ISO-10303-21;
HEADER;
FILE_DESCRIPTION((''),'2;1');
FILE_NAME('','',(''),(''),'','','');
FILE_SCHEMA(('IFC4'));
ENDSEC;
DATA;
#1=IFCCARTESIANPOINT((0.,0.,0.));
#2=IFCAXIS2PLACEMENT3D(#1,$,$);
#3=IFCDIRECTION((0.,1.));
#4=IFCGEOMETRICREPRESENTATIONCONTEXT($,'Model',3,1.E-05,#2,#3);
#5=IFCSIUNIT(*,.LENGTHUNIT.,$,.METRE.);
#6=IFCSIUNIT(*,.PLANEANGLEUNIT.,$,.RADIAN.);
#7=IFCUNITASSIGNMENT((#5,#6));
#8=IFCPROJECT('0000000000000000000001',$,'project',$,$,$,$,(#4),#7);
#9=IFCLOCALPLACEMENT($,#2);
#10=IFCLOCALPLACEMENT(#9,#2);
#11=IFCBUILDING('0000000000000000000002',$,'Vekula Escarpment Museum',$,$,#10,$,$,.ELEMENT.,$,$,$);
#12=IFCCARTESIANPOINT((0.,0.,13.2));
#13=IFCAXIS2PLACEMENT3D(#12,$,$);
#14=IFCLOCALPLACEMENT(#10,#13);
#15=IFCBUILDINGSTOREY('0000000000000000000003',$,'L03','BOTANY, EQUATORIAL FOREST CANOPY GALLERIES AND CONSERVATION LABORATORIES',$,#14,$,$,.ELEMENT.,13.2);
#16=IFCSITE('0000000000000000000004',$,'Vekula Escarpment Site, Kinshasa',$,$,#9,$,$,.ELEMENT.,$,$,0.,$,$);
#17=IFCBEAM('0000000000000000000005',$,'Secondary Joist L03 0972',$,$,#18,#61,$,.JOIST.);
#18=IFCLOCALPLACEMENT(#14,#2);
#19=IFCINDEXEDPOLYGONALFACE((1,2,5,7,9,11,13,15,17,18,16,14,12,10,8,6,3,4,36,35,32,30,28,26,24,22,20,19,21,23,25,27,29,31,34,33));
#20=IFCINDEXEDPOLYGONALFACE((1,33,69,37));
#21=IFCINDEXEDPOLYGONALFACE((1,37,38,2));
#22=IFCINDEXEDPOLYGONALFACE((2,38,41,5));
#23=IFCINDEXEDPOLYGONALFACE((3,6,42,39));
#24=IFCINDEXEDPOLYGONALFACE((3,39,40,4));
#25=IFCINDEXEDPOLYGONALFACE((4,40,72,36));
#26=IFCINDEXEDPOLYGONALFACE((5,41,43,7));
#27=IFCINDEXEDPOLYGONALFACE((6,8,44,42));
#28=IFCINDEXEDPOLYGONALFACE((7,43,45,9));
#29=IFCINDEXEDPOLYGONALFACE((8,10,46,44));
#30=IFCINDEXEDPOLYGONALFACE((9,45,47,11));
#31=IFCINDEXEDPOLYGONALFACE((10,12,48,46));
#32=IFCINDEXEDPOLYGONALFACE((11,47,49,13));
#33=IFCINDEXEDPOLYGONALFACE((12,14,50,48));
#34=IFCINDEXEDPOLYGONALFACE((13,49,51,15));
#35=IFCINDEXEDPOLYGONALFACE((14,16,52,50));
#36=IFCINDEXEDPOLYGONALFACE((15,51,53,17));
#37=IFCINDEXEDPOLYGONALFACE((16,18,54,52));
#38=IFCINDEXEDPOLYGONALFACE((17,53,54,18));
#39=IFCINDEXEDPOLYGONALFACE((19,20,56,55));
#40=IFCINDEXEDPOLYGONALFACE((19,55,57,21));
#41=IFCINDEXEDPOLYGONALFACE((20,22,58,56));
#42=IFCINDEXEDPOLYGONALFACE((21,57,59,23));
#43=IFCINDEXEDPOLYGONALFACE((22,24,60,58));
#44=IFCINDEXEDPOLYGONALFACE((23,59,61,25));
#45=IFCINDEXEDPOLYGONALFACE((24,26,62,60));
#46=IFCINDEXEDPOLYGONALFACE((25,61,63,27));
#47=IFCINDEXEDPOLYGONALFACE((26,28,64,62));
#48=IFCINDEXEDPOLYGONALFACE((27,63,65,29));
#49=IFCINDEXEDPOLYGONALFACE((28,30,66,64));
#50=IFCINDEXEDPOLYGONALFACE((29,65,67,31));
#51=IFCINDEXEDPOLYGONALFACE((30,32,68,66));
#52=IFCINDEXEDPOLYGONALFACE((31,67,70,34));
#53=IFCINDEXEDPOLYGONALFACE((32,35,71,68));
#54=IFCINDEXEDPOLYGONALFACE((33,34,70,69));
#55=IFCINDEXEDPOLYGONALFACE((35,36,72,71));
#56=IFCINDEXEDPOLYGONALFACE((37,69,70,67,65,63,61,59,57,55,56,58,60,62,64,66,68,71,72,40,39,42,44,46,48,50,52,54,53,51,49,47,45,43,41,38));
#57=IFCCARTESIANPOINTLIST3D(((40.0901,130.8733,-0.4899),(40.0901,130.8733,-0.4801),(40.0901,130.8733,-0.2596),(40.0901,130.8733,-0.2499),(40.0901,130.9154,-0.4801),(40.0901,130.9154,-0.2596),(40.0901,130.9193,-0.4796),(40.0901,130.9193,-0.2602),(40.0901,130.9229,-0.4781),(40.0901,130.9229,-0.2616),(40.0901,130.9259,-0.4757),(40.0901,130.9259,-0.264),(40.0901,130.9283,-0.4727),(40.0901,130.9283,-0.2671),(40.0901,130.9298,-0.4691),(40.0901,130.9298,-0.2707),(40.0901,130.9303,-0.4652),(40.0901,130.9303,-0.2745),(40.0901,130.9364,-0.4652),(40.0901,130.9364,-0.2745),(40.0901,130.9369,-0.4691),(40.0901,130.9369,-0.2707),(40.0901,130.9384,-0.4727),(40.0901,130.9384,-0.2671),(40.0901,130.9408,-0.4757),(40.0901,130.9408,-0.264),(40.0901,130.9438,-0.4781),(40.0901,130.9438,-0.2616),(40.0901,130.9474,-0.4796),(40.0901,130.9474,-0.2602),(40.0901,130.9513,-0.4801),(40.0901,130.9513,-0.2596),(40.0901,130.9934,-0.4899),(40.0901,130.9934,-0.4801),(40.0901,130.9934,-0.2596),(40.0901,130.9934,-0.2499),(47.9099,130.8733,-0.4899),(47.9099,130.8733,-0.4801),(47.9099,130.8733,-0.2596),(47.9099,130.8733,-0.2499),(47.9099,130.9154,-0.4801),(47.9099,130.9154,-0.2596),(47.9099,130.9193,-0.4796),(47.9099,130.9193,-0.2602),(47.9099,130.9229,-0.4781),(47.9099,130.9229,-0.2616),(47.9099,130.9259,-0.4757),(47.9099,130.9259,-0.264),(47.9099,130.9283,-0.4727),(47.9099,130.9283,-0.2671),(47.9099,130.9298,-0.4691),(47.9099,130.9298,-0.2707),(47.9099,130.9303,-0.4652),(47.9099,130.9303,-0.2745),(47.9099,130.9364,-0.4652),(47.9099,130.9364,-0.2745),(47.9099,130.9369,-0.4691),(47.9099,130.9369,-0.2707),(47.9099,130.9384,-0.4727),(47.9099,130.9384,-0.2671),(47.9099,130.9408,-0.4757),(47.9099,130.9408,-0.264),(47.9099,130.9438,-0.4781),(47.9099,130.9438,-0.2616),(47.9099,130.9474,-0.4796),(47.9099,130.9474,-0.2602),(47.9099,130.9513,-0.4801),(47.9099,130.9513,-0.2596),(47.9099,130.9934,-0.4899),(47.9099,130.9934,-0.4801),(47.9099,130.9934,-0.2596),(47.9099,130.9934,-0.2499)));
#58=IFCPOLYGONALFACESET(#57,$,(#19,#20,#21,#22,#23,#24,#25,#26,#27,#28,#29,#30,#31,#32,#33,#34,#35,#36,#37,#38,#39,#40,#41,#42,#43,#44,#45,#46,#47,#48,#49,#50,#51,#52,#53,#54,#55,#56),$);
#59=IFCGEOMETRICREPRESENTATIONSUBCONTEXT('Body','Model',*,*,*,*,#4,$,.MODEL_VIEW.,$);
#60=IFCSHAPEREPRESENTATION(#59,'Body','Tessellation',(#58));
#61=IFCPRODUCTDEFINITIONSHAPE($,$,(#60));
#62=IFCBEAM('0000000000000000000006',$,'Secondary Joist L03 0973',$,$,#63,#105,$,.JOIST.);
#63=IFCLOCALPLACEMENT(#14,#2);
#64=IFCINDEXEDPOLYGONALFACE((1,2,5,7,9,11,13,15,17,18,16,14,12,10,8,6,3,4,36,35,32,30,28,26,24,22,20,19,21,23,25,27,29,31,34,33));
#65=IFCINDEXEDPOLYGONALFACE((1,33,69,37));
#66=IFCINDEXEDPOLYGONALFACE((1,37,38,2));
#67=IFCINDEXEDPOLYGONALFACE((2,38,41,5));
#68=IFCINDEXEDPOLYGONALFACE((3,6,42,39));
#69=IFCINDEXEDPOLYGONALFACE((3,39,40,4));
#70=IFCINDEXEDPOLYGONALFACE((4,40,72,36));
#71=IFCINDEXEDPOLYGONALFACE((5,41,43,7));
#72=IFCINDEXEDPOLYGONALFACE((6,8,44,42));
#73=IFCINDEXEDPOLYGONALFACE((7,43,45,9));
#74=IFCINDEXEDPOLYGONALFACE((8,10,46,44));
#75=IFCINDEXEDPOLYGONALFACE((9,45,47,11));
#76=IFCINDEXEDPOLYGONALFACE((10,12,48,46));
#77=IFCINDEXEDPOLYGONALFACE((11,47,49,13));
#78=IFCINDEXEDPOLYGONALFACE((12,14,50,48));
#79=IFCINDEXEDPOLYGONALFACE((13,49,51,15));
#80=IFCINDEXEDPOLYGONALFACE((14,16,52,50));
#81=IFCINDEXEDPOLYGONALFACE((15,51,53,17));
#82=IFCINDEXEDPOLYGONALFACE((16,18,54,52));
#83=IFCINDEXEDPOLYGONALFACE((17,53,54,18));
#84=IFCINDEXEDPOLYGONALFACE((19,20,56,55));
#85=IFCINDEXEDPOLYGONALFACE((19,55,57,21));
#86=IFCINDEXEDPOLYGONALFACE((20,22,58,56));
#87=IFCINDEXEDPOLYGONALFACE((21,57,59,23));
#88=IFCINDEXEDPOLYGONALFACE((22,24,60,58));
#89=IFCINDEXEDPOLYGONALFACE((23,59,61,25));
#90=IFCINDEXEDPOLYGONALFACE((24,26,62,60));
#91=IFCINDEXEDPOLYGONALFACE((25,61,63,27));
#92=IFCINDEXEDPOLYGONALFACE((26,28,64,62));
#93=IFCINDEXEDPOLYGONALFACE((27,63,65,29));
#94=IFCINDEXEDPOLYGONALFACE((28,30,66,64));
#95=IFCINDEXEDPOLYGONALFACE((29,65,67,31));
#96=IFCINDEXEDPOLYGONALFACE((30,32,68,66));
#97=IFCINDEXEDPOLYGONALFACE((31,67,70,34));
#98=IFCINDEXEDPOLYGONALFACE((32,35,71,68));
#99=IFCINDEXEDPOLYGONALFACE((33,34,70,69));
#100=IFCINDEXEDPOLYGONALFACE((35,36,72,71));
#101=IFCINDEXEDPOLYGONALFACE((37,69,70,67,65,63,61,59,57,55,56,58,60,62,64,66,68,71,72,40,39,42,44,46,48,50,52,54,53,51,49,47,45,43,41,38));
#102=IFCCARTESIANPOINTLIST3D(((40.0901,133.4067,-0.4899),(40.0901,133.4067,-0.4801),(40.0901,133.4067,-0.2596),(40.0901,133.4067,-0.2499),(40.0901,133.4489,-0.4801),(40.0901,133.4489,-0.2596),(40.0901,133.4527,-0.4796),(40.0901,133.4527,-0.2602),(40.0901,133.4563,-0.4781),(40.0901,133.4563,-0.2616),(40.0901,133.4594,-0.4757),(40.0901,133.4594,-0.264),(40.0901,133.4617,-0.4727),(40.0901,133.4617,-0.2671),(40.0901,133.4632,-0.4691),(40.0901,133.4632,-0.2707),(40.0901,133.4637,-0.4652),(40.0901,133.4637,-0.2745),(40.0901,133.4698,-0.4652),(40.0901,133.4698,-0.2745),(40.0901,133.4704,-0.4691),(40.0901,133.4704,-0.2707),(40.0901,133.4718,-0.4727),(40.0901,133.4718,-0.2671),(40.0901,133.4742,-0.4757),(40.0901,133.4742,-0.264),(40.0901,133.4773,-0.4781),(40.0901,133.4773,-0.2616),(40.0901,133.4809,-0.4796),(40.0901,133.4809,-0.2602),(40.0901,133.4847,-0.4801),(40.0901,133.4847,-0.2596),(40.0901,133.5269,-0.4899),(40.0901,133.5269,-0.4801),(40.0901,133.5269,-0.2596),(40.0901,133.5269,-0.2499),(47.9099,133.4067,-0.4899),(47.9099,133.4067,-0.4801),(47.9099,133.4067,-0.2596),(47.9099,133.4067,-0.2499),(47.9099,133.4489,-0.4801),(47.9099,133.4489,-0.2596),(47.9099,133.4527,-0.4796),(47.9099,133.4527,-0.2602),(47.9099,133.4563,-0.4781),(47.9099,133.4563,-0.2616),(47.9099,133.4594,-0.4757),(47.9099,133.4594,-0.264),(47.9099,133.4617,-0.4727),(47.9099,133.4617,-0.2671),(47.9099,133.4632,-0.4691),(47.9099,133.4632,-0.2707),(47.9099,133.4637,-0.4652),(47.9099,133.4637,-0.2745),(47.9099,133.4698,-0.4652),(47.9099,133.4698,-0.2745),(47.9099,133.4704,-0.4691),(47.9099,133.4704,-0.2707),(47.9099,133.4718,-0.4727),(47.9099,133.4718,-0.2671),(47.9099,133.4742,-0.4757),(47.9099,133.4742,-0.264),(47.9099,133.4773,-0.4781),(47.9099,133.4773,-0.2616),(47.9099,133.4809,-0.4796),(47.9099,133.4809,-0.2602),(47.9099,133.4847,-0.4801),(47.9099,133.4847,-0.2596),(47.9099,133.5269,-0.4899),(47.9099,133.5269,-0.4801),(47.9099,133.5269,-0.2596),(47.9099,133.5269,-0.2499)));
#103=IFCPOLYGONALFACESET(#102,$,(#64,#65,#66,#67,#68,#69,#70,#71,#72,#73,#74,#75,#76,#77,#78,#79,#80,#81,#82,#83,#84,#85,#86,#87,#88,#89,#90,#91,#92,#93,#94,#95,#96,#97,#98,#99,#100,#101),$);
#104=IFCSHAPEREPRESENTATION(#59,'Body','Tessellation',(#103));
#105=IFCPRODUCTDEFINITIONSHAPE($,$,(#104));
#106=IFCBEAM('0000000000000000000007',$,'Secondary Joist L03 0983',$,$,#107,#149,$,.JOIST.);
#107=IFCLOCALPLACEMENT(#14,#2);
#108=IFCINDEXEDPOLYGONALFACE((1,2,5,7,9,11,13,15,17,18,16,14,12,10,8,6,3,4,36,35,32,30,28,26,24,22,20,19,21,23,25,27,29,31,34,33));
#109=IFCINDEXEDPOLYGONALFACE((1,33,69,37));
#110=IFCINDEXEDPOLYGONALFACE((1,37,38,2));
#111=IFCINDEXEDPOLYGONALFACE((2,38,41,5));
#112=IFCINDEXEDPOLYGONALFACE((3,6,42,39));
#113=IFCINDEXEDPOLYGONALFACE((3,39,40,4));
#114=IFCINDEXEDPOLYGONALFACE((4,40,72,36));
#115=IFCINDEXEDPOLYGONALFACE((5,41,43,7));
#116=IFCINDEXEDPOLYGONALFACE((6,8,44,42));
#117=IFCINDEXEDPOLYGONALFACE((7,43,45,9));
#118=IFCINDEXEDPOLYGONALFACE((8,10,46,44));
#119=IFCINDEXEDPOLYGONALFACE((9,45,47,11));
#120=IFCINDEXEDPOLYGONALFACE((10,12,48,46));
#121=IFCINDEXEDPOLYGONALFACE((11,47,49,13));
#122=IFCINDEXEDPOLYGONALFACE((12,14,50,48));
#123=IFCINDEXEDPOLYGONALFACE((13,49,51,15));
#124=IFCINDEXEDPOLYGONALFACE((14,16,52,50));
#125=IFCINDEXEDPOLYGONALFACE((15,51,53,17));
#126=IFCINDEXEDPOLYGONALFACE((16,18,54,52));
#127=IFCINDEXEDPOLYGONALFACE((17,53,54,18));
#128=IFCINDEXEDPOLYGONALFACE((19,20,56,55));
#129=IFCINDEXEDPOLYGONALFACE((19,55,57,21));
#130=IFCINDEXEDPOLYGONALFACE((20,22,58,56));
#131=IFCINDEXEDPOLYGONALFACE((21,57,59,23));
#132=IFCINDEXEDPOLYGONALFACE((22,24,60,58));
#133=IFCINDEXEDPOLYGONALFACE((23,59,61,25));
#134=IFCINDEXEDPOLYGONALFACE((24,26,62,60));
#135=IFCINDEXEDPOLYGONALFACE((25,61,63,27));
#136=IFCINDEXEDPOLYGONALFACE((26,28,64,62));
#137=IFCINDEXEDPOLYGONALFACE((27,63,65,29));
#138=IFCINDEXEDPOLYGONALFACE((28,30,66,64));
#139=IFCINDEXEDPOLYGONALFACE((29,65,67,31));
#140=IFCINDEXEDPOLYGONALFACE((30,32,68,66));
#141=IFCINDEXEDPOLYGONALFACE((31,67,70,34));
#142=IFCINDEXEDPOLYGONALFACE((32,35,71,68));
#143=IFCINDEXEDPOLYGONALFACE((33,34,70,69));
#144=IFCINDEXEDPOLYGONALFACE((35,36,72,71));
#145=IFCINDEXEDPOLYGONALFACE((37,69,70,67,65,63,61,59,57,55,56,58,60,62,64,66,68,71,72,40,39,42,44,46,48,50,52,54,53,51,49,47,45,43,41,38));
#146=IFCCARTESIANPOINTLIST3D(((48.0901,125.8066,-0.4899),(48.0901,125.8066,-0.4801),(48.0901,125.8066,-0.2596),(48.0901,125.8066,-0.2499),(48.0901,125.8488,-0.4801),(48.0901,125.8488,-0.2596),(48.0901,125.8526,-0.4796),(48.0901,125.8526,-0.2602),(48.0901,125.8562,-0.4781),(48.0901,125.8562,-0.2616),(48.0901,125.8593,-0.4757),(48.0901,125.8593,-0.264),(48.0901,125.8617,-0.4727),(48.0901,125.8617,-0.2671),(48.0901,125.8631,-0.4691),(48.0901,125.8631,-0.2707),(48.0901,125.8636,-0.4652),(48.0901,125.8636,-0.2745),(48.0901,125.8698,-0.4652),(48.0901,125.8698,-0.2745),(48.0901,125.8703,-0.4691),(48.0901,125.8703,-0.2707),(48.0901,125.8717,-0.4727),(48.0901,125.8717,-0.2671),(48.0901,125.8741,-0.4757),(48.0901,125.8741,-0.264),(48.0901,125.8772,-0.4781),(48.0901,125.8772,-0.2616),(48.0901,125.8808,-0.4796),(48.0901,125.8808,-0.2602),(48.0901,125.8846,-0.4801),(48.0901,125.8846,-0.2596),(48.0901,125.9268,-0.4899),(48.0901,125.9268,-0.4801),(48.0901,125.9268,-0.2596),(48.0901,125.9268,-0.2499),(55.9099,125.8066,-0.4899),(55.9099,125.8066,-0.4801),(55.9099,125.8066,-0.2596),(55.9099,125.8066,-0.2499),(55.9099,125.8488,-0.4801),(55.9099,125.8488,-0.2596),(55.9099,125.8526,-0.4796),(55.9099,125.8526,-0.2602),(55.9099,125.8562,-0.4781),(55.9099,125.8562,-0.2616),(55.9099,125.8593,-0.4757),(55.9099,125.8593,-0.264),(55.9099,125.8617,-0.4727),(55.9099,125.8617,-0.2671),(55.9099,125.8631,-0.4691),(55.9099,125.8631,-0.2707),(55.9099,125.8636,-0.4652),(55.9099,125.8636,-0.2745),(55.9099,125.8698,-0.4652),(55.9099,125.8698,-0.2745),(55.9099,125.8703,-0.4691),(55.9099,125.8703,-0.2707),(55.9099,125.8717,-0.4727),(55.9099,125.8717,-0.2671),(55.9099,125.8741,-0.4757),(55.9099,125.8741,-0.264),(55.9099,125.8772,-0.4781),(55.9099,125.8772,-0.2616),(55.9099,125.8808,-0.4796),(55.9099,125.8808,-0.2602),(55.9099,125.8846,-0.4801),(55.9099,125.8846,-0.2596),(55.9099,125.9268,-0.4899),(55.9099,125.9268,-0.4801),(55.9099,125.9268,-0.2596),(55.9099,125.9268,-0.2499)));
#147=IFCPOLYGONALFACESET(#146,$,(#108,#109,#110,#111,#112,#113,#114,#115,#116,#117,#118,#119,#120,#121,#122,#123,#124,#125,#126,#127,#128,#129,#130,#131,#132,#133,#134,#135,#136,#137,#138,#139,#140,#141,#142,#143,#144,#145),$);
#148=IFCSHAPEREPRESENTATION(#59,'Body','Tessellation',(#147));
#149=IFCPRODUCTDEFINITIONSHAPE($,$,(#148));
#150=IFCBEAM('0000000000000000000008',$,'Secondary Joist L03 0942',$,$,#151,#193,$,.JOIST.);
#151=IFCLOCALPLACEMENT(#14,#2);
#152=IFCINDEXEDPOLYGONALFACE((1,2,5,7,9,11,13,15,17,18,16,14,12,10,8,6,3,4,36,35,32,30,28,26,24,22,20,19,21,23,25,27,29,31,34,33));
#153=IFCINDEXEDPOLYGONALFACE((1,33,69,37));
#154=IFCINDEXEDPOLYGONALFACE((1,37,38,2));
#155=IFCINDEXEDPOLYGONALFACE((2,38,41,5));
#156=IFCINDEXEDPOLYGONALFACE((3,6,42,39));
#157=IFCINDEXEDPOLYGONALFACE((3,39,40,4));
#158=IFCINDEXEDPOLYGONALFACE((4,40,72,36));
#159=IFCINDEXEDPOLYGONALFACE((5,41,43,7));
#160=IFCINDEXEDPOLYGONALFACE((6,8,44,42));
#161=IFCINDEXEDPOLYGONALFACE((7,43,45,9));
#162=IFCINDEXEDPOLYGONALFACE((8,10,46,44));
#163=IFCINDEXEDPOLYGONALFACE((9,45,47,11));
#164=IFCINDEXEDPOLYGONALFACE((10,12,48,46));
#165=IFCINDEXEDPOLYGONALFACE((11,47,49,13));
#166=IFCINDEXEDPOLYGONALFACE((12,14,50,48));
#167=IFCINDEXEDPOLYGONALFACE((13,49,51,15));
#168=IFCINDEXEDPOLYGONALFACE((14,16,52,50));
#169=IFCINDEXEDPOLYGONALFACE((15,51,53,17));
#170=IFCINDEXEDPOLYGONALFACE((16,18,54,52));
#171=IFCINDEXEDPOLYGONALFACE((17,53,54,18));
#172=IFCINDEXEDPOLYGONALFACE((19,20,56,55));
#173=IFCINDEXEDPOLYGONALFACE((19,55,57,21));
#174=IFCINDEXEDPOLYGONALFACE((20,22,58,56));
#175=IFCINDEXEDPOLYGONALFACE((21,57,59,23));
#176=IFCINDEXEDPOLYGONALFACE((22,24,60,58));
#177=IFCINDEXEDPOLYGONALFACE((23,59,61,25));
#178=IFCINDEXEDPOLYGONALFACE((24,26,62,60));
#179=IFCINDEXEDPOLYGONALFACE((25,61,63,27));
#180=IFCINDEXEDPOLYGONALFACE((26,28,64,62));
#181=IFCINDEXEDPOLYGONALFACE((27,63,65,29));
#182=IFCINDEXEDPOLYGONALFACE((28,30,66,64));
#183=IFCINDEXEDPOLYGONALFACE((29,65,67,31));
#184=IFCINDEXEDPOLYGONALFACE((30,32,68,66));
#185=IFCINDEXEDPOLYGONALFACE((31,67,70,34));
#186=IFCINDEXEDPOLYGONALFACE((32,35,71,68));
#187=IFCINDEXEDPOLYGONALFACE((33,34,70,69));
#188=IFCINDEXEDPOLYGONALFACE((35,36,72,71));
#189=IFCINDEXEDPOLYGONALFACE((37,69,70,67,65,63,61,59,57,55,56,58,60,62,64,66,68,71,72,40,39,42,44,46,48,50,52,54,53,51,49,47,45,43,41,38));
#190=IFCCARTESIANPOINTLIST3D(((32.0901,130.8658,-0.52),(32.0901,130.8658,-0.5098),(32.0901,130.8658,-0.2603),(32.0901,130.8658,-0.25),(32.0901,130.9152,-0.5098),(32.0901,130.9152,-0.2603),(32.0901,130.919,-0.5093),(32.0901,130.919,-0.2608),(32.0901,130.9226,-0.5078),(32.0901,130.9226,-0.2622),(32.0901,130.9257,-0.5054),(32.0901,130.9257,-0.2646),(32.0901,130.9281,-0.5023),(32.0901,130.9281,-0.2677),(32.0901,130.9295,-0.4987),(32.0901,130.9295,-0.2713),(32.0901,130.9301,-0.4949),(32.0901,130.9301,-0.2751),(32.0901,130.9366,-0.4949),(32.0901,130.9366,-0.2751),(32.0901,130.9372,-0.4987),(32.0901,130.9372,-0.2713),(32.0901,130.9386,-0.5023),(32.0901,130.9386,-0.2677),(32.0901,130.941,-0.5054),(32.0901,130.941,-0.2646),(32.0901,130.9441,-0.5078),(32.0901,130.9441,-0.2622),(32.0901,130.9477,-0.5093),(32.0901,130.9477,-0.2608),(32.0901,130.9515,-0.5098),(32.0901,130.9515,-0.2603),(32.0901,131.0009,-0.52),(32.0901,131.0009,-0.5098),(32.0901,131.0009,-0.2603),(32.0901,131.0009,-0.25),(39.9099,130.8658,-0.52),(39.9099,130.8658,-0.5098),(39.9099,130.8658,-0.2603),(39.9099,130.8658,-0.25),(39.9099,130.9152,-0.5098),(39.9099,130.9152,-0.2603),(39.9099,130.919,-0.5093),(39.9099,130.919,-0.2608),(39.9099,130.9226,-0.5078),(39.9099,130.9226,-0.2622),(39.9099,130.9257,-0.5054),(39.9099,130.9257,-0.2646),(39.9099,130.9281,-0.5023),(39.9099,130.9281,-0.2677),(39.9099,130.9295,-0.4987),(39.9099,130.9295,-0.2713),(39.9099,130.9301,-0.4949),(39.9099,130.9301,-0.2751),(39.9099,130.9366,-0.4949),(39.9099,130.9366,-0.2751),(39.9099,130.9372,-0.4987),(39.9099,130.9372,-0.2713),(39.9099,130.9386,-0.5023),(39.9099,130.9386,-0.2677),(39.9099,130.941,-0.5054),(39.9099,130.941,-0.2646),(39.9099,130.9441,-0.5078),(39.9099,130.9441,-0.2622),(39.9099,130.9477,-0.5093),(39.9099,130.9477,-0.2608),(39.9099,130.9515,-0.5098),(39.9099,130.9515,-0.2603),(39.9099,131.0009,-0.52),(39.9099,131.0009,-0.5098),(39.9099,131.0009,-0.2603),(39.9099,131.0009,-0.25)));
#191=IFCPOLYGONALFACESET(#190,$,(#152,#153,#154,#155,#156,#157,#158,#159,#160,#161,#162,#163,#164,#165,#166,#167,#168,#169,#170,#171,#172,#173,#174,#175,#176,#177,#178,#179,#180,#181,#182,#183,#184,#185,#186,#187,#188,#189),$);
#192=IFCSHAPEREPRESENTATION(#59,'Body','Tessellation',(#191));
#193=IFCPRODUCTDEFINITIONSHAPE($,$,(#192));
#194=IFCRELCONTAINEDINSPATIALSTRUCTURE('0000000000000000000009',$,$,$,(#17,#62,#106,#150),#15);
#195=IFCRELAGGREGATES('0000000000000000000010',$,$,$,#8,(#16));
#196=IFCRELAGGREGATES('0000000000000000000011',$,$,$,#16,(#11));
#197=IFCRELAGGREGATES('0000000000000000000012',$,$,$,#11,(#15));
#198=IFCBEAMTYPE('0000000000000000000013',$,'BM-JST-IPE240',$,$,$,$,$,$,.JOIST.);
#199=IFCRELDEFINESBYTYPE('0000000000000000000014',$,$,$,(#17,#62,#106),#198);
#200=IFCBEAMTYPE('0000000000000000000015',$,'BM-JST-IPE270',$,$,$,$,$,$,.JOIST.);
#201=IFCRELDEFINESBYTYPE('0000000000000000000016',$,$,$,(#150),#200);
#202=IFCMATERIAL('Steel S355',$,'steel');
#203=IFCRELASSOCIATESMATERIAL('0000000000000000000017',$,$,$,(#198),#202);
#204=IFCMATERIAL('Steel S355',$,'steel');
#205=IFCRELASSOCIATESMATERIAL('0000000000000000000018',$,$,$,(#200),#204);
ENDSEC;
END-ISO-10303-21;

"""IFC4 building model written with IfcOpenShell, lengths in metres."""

from ifc_helpers import new_model, si_unit, direction, frame, origin, origin_2d, place, context, subcontext, project, spatial, i_section, extrude, material, material_profile, profile_set, type_object, element, save


model = new_model("IFC4")

# Units and contexts
model_context = context("Model", 3, precision=1e-05, world=origin(), true_north=direction((0.0, 1.0)))
body_context = subcontext(model_context, "Body", "Model", "MODEL_VIEW")
ifc_project = project(units=[si_unit("LENGTHUNIT", "METRE"), si_unit("PLANEANGLEUNIT", "RADIAN")], contexts=[model_context])

# Site, building, storey
site_placement = place(None, origin())
site = spatial("IfcSite", under=ifc_project, at=site_placement, Name="Vekula Escarpment Site, Kinshasa", CompositionType="ELEMENT", RefElevation=0.0)
building_placement = place(site_placement, origin())
building = spatial("IfcBuilding", under=site, at=building_placement, Name="Vekula Escarpment Museum", CompositionType="ELEMENT")
storey_placement = place(building_placement, frame((0.0, 0.0, 13.2)))
storey = spatial("IfcBuildingStorey", under=building, at=storey_placement, Name="L03", Description="BOTANY, EQUATORIAL FOREST CANOPY GALLERIES AND CONSERVATION LABORATORIES", CompositionType="ELEMENT", Elevation=13.2)

# Beams
ifc_material_1 = material(Name="Steel S355", Category="steel")
ifc_material_profile_1 = material_profile(ifc_material_1, i_section(OverallWidth=0.1201, OverallDepth=0.24, WebThickness=0.0061, FlangeThickness=0.0098, FilletRadius=0.0149, at=origin_2d()), Name="IPE 240")
ifc_profile_set_1 = profile_set([ifc_material_profile_1], Name="Steel S355")
beam_type_1 = type_object("IfcBeamType", Name="BM-JST-IPE240", PredefinedType="JOIST", material=ifc_profile_set_1)
for number, where, z_axis, x_axis, name in (
    (1, (40.0901, 130.9333, -0.3699), (1.0, 0.0, 0.0), (0.0, 1.0, 0.0), "Secondary Joist L03 0972"),
    (2, (40.0901, 133.4668, -0.3699), (1.0, 0.0, 0.0), (0.0, 1.0, 0.0), "Secondary Joist L03 0973"),
    (3, (48.0901, 125.8667, -0.3699), (1.0, 0.0, 0.0), (0.0, 1.0, 0.0), "Secondary Joist L03 0983"),
):
    element("IfcBeam", number, at=place(storey_placement, frame(where, z_axis=z_axis, x_axis=x_axis)), inside=storey, type_object=beam_type_1, Name=name, PredefinedType="JOIST", context=body_context, shape_type="SweptSolid", body=[
        extrude(i_section(OverallWidth=0.1201, OverallDepth=0.24, WebThickness=0.0061, FlangeThickness=0.0098, FilletRadius=0.0149, at=origin_2d()), origin(), (0.0, 0.0, 1.0), 7.8198),
    ])
ifc_material_2 = material(Name="Steel S355", Category="steel")
ifc_material_profile_2 = material_profile(ifc_material_2, i_section(OverallWidth=0.135, OverallDepth=0.27, WebThickness=0.0066, FlangeThickness=0.0103, FilletRadius=0.0149, at=origin_2d()), Name="IPE 270")
ifc_profile_set_2 = profile_set([ifc_material_profile_2], Name="Steel S355")
beam_type_2 = type_object("IfcBeamType", Name="BM-JST-IPE270", PredefinedType="JOIST", material=ifc_profile_set_2)
for number, where, z_axis, x_axis, name in (
    (4, (32.0901, 130.9333, -0.385), (1.0, 0.0, 0.0), (0.0, 1.0, 0.0), "Secondary Joist L03 0942"),
):
    element("IfcBeam", number, at=place(storey_placement, frame(where, z_axis=z_axis, x_axis=x_axis)), inside=storey, type_object=beam_type_2, Name=name, PredefinedType="JOIST", context=body_context, shape_type="SweptSolid", body=[
        extrude(i_section(OverallWidth=0.135, OverallDepth=0.27, WebThickness=0.0066, FlangeThickness=0.0103, FilletRadius=0.0149, at=origin_2d()), origin(), (0.0, 0.0, 1.0), 7.8198),
    ])

save(model, "model.ifc")
